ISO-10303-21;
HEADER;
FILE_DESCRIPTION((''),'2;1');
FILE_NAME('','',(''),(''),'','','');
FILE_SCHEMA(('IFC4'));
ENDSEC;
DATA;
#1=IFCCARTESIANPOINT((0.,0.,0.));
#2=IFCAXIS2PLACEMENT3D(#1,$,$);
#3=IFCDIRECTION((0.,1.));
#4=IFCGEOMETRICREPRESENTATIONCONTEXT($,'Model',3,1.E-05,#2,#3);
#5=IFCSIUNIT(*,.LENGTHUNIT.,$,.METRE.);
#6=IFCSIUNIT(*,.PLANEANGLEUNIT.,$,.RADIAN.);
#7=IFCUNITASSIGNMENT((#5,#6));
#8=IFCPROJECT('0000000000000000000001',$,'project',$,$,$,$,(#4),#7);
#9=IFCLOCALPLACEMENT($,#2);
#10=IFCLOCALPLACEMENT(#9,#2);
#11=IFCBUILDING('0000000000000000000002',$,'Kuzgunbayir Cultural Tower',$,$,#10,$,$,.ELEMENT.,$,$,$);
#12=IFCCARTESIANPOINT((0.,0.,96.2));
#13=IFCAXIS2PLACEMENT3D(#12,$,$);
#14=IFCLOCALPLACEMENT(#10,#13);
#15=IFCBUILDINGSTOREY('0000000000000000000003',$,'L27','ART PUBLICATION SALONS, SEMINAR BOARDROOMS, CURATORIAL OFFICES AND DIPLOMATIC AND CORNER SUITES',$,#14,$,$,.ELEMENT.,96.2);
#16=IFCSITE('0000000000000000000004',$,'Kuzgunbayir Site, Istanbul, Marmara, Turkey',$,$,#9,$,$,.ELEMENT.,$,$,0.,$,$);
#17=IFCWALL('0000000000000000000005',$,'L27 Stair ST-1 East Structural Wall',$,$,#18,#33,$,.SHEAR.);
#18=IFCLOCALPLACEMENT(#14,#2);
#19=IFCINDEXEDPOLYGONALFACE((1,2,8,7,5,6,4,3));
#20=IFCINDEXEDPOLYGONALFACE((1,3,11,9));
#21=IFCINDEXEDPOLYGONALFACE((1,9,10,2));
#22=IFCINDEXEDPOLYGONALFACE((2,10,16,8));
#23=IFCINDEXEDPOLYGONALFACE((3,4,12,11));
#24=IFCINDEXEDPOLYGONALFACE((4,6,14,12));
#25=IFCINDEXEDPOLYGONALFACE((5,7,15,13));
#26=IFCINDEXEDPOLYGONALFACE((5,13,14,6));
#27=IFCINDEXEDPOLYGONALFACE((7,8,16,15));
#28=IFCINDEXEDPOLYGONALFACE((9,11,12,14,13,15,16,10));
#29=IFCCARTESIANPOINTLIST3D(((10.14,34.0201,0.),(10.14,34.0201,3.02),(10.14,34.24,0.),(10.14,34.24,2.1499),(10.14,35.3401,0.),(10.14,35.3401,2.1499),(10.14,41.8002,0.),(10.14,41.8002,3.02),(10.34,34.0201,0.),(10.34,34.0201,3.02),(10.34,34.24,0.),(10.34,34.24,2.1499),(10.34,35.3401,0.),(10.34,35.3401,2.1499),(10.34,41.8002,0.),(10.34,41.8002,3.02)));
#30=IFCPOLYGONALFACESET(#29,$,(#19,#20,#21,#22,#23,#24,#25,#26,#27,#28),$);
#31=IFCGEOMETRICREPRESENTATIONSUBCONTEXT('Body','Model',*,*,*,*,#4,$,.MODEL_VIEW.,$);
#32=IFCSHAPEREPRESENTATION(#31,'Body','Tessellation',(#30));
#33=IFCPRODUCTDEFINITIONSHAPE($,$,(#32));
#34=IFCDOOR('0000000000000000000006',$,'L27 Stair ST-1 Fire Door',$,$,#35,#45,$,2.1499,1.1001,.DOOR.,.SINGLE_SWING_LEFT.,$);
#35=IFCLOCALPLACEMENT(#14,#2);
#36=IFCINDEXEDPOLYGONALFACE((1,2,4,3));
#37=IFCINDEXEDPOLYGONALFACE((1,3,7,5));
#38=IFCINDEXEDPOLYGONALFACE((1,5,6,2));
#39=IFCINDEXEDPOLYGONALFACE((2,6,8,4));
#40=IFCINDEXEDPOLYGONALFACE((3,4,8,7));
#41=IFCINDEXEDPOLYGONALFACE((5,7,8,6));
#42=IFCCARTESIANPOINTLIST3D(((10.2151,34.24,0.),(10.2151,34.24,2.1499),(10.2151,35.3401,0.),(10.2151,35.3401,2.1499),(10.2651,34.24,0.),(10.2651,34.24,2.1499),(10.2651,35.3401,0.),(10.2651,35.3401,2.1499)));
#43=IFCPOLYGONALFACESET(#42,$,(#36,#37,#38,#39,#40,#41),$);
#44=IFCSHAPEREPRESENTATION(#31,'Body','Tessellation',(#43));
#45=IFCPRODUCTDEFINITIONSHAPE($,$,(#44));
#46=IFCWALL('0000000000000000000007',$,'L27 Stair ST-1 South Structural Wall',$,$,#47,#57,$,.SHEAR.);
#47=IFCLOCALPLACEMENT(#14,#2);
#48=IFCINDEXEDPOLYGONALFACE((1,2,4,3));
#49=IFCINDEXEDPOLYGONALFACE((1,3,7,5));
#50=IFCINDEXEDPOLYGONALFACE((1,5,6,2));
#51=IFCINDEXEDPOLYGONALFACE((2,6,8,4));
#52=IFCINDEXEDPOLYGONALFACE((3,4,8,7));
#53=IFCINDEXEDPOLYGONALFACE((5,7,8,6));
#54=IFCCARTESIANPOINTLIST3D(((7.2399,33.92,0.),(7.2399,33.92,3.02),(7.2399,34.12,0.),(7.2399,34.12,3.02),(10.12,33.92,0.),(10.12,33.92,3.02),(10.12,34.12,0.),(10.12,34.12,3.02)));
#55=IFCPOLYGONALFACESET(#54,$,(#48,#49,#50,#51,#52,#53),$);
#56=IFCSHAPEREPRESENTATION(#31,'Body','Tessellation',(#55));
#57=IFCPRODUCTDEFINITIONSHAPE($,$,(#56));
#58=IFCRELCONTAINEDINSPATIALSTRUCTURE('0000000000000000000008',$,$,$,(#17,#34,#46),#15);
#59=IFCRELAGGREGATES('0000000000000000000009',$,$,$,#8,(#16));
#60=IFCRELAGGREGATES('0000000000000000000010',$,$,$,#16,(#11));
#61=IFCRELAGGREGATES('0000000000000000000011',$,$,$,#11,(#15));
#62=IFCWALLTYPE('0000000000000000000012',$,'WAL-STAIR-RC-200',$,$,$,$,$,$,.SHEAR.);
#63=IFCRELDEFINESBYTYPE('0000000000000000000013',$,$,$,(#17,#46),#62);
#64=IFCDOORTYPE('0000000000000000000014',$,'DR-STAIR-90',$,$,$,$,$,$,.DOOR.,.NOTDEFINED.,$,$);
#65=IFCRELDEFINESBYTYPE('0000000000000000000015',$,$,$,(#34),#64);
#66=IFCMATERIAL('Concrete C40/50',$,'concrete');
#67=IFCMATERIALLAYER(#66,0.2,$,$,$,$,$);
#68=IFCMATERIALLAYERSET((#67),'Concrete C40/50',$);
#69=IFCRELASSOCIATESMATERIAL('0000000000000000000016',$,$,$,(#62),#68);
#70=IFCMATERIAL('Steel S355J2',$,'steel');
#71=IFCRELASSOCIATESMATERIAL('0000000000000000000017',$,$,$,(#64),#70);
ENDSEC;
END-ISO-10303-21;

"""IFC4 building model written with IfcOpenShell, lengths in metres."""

from ifc_helpers import new_model, si_unit, direction, frame, frame_2d, origin, place, context, subcontext, project, spatial, rectangle, extrude, material, layer, layer_set, type_object, element, fill, save


model = new_model("IFC4")

# Units and contexts
model_context = context("Model", 3, precision=1e-05, world=origin(), true_north=direction((0.0, 1.0)))
body_context = subcontext(model_context, "Body", "Model", "MODEL_VIEW")
ifc_project = project(units=[si_unit("LENGTHUNIT", "METRE"), si_unit("PLANEANGLEUNIT", "RADIAN")], contexts=[model_context])

# Site, building, storey
site_placement = place(None, origin())
site = spatial("IfcSite", under=ifc_project, at=site_placement, Name="Kuzgunbayir Site, Istanbul, Marmara, Turkey", CompositionType="ELEMENT", RefElevation=0.0)
building_placement = place(site_placement, origin())
building = spatial("IfcBuilding", under=site, at=building_placement, Name="Kuzgunbayir Cultural Tower", CompositionType="ELEMENT")
storey_placement = place(building_placement, frame((0.0, 0.0, 96.2)))
storey = spatial("IfcBuildingStorey", under=building, at=storey_placement, Name="L27", Description="ART PUBLICATION SALONS, SEMINAR BOARDROOMS, CURATORIAL OFFICES AND DIPLOMATIC AND CORNER SUITES", CompositionType="ELEMENT", Elevation=96.2)

# Shared definitions
ifc_material_1 = material(Name="Steel S355J2", Category="steel")

# Shared definitions
ifc_material_2 = material(Name="Concrete C40/50", Category="concrete")
ifc_layer_1 = layer(ifc_material_2, 0.2)
ifc_layer_set_1 = layer_set([ifc_layer_1], Name="Concrete C40/50")
wall_type_1 = type_object("IfcWallType", Name="WAL-STAIR-RC-200", PredefinedType="SHEAR", material=ifc_layer_set_1)

# Wall, opening, door
wall_1_placement = place(storey_placement, frame((10.24, 34.02, 0.0), z_axis=(0.0, 0.0, 1.0), x_axis=(0.0, 1.0, 0.0)))
wall_1 = element("IfcWall", 1, at=wall_1_placement, inside=storey, type_object=wall_type_1, Name="L27 Stair ST-1 East Structural Wall", PredefinedType="SHEAR", context=body_context, shape_type="SweptSolid", body=[
    extrude(rectangle(XDim=7.78, YDim=0.2, at=frame_2d((3.8901, 0.0))), origin(), (0.0, 0.0, 1.0), 3.02),
])
opening_1_placement = place(wall_1_placement, frame((0.22, 0.0, 0.0)))
opening_1 = element("IfcOpeningElement", 2, at=opening_1_placement, cuts=wall_1, PredefinedType="OPENING", context=body_context, shape_type="SweptSolid", body=[
    extrude(rectangle(XDim=1.1001, YDim=2.1499, at=frame_2d((0.55, 1.075))), frame((0.0, 0.1099, 0.0), z_axis=(0.0, -1.0, 0.0), x_axis=(1.0, 0.0, 0.0)), (0.0, 0.0, 1.0), 0.22),
])
door_type_1 = type_object("IfcDoorType", Name="DR-STAIR-90", OperationType="NOTDEFINED", PredefinedType="DOOR", material=ifc_material_1)
door_1_placement = place(opening_1_placement, origin())
door_1 = element("IfcDoor", 3, at=door_1_placement, inside=storey, type_object=door_type_1, Name="L27 Stair ST-1 Fire Door", OperationType="SINGLE_SWING_LEFT", OverallHeight=2.1499, OverallWidth=1.1001, PredefinedType="DOOR", context=body_context, shape_type="SweptSolid", body=[
    extrude(rectangle(XDim=1.1001, YDim=2.1499, at=frame_2d((0.55, 1.075))), frame((0.0, 0.0249, 0.0), z_axis=(0.0, -1.0, 0.0), x_axis=(1.0, 0.0, 0.0)), (0.0, 0.0, 1.0), 0.05),
])
fill(opening_1, door_1)

# Wall
wall_2_placement = place(storey_placement, frame((7.24, 34.02, 0.0), z_axis=(0.0, 0.0, 1.0), x_axis=(1.0, 0.0, 0.0)))
element("IfcWall", 4, at=wall_2_placement, inside=storey, type_object=wall_type_1, Name="L27 Stair ST-1 South Structural Wall", PredefinedType="SHEAR", context=body_context, shape_type="SweptSolid", body=[
    extrude(rectangle(XDim=2.8801, YDim=0.2, at=frame_2d((1.4399, 0.0))), origin(), (0.0, 0.0, 1.0), 3.02),
])

save(model, "model.ifc")
